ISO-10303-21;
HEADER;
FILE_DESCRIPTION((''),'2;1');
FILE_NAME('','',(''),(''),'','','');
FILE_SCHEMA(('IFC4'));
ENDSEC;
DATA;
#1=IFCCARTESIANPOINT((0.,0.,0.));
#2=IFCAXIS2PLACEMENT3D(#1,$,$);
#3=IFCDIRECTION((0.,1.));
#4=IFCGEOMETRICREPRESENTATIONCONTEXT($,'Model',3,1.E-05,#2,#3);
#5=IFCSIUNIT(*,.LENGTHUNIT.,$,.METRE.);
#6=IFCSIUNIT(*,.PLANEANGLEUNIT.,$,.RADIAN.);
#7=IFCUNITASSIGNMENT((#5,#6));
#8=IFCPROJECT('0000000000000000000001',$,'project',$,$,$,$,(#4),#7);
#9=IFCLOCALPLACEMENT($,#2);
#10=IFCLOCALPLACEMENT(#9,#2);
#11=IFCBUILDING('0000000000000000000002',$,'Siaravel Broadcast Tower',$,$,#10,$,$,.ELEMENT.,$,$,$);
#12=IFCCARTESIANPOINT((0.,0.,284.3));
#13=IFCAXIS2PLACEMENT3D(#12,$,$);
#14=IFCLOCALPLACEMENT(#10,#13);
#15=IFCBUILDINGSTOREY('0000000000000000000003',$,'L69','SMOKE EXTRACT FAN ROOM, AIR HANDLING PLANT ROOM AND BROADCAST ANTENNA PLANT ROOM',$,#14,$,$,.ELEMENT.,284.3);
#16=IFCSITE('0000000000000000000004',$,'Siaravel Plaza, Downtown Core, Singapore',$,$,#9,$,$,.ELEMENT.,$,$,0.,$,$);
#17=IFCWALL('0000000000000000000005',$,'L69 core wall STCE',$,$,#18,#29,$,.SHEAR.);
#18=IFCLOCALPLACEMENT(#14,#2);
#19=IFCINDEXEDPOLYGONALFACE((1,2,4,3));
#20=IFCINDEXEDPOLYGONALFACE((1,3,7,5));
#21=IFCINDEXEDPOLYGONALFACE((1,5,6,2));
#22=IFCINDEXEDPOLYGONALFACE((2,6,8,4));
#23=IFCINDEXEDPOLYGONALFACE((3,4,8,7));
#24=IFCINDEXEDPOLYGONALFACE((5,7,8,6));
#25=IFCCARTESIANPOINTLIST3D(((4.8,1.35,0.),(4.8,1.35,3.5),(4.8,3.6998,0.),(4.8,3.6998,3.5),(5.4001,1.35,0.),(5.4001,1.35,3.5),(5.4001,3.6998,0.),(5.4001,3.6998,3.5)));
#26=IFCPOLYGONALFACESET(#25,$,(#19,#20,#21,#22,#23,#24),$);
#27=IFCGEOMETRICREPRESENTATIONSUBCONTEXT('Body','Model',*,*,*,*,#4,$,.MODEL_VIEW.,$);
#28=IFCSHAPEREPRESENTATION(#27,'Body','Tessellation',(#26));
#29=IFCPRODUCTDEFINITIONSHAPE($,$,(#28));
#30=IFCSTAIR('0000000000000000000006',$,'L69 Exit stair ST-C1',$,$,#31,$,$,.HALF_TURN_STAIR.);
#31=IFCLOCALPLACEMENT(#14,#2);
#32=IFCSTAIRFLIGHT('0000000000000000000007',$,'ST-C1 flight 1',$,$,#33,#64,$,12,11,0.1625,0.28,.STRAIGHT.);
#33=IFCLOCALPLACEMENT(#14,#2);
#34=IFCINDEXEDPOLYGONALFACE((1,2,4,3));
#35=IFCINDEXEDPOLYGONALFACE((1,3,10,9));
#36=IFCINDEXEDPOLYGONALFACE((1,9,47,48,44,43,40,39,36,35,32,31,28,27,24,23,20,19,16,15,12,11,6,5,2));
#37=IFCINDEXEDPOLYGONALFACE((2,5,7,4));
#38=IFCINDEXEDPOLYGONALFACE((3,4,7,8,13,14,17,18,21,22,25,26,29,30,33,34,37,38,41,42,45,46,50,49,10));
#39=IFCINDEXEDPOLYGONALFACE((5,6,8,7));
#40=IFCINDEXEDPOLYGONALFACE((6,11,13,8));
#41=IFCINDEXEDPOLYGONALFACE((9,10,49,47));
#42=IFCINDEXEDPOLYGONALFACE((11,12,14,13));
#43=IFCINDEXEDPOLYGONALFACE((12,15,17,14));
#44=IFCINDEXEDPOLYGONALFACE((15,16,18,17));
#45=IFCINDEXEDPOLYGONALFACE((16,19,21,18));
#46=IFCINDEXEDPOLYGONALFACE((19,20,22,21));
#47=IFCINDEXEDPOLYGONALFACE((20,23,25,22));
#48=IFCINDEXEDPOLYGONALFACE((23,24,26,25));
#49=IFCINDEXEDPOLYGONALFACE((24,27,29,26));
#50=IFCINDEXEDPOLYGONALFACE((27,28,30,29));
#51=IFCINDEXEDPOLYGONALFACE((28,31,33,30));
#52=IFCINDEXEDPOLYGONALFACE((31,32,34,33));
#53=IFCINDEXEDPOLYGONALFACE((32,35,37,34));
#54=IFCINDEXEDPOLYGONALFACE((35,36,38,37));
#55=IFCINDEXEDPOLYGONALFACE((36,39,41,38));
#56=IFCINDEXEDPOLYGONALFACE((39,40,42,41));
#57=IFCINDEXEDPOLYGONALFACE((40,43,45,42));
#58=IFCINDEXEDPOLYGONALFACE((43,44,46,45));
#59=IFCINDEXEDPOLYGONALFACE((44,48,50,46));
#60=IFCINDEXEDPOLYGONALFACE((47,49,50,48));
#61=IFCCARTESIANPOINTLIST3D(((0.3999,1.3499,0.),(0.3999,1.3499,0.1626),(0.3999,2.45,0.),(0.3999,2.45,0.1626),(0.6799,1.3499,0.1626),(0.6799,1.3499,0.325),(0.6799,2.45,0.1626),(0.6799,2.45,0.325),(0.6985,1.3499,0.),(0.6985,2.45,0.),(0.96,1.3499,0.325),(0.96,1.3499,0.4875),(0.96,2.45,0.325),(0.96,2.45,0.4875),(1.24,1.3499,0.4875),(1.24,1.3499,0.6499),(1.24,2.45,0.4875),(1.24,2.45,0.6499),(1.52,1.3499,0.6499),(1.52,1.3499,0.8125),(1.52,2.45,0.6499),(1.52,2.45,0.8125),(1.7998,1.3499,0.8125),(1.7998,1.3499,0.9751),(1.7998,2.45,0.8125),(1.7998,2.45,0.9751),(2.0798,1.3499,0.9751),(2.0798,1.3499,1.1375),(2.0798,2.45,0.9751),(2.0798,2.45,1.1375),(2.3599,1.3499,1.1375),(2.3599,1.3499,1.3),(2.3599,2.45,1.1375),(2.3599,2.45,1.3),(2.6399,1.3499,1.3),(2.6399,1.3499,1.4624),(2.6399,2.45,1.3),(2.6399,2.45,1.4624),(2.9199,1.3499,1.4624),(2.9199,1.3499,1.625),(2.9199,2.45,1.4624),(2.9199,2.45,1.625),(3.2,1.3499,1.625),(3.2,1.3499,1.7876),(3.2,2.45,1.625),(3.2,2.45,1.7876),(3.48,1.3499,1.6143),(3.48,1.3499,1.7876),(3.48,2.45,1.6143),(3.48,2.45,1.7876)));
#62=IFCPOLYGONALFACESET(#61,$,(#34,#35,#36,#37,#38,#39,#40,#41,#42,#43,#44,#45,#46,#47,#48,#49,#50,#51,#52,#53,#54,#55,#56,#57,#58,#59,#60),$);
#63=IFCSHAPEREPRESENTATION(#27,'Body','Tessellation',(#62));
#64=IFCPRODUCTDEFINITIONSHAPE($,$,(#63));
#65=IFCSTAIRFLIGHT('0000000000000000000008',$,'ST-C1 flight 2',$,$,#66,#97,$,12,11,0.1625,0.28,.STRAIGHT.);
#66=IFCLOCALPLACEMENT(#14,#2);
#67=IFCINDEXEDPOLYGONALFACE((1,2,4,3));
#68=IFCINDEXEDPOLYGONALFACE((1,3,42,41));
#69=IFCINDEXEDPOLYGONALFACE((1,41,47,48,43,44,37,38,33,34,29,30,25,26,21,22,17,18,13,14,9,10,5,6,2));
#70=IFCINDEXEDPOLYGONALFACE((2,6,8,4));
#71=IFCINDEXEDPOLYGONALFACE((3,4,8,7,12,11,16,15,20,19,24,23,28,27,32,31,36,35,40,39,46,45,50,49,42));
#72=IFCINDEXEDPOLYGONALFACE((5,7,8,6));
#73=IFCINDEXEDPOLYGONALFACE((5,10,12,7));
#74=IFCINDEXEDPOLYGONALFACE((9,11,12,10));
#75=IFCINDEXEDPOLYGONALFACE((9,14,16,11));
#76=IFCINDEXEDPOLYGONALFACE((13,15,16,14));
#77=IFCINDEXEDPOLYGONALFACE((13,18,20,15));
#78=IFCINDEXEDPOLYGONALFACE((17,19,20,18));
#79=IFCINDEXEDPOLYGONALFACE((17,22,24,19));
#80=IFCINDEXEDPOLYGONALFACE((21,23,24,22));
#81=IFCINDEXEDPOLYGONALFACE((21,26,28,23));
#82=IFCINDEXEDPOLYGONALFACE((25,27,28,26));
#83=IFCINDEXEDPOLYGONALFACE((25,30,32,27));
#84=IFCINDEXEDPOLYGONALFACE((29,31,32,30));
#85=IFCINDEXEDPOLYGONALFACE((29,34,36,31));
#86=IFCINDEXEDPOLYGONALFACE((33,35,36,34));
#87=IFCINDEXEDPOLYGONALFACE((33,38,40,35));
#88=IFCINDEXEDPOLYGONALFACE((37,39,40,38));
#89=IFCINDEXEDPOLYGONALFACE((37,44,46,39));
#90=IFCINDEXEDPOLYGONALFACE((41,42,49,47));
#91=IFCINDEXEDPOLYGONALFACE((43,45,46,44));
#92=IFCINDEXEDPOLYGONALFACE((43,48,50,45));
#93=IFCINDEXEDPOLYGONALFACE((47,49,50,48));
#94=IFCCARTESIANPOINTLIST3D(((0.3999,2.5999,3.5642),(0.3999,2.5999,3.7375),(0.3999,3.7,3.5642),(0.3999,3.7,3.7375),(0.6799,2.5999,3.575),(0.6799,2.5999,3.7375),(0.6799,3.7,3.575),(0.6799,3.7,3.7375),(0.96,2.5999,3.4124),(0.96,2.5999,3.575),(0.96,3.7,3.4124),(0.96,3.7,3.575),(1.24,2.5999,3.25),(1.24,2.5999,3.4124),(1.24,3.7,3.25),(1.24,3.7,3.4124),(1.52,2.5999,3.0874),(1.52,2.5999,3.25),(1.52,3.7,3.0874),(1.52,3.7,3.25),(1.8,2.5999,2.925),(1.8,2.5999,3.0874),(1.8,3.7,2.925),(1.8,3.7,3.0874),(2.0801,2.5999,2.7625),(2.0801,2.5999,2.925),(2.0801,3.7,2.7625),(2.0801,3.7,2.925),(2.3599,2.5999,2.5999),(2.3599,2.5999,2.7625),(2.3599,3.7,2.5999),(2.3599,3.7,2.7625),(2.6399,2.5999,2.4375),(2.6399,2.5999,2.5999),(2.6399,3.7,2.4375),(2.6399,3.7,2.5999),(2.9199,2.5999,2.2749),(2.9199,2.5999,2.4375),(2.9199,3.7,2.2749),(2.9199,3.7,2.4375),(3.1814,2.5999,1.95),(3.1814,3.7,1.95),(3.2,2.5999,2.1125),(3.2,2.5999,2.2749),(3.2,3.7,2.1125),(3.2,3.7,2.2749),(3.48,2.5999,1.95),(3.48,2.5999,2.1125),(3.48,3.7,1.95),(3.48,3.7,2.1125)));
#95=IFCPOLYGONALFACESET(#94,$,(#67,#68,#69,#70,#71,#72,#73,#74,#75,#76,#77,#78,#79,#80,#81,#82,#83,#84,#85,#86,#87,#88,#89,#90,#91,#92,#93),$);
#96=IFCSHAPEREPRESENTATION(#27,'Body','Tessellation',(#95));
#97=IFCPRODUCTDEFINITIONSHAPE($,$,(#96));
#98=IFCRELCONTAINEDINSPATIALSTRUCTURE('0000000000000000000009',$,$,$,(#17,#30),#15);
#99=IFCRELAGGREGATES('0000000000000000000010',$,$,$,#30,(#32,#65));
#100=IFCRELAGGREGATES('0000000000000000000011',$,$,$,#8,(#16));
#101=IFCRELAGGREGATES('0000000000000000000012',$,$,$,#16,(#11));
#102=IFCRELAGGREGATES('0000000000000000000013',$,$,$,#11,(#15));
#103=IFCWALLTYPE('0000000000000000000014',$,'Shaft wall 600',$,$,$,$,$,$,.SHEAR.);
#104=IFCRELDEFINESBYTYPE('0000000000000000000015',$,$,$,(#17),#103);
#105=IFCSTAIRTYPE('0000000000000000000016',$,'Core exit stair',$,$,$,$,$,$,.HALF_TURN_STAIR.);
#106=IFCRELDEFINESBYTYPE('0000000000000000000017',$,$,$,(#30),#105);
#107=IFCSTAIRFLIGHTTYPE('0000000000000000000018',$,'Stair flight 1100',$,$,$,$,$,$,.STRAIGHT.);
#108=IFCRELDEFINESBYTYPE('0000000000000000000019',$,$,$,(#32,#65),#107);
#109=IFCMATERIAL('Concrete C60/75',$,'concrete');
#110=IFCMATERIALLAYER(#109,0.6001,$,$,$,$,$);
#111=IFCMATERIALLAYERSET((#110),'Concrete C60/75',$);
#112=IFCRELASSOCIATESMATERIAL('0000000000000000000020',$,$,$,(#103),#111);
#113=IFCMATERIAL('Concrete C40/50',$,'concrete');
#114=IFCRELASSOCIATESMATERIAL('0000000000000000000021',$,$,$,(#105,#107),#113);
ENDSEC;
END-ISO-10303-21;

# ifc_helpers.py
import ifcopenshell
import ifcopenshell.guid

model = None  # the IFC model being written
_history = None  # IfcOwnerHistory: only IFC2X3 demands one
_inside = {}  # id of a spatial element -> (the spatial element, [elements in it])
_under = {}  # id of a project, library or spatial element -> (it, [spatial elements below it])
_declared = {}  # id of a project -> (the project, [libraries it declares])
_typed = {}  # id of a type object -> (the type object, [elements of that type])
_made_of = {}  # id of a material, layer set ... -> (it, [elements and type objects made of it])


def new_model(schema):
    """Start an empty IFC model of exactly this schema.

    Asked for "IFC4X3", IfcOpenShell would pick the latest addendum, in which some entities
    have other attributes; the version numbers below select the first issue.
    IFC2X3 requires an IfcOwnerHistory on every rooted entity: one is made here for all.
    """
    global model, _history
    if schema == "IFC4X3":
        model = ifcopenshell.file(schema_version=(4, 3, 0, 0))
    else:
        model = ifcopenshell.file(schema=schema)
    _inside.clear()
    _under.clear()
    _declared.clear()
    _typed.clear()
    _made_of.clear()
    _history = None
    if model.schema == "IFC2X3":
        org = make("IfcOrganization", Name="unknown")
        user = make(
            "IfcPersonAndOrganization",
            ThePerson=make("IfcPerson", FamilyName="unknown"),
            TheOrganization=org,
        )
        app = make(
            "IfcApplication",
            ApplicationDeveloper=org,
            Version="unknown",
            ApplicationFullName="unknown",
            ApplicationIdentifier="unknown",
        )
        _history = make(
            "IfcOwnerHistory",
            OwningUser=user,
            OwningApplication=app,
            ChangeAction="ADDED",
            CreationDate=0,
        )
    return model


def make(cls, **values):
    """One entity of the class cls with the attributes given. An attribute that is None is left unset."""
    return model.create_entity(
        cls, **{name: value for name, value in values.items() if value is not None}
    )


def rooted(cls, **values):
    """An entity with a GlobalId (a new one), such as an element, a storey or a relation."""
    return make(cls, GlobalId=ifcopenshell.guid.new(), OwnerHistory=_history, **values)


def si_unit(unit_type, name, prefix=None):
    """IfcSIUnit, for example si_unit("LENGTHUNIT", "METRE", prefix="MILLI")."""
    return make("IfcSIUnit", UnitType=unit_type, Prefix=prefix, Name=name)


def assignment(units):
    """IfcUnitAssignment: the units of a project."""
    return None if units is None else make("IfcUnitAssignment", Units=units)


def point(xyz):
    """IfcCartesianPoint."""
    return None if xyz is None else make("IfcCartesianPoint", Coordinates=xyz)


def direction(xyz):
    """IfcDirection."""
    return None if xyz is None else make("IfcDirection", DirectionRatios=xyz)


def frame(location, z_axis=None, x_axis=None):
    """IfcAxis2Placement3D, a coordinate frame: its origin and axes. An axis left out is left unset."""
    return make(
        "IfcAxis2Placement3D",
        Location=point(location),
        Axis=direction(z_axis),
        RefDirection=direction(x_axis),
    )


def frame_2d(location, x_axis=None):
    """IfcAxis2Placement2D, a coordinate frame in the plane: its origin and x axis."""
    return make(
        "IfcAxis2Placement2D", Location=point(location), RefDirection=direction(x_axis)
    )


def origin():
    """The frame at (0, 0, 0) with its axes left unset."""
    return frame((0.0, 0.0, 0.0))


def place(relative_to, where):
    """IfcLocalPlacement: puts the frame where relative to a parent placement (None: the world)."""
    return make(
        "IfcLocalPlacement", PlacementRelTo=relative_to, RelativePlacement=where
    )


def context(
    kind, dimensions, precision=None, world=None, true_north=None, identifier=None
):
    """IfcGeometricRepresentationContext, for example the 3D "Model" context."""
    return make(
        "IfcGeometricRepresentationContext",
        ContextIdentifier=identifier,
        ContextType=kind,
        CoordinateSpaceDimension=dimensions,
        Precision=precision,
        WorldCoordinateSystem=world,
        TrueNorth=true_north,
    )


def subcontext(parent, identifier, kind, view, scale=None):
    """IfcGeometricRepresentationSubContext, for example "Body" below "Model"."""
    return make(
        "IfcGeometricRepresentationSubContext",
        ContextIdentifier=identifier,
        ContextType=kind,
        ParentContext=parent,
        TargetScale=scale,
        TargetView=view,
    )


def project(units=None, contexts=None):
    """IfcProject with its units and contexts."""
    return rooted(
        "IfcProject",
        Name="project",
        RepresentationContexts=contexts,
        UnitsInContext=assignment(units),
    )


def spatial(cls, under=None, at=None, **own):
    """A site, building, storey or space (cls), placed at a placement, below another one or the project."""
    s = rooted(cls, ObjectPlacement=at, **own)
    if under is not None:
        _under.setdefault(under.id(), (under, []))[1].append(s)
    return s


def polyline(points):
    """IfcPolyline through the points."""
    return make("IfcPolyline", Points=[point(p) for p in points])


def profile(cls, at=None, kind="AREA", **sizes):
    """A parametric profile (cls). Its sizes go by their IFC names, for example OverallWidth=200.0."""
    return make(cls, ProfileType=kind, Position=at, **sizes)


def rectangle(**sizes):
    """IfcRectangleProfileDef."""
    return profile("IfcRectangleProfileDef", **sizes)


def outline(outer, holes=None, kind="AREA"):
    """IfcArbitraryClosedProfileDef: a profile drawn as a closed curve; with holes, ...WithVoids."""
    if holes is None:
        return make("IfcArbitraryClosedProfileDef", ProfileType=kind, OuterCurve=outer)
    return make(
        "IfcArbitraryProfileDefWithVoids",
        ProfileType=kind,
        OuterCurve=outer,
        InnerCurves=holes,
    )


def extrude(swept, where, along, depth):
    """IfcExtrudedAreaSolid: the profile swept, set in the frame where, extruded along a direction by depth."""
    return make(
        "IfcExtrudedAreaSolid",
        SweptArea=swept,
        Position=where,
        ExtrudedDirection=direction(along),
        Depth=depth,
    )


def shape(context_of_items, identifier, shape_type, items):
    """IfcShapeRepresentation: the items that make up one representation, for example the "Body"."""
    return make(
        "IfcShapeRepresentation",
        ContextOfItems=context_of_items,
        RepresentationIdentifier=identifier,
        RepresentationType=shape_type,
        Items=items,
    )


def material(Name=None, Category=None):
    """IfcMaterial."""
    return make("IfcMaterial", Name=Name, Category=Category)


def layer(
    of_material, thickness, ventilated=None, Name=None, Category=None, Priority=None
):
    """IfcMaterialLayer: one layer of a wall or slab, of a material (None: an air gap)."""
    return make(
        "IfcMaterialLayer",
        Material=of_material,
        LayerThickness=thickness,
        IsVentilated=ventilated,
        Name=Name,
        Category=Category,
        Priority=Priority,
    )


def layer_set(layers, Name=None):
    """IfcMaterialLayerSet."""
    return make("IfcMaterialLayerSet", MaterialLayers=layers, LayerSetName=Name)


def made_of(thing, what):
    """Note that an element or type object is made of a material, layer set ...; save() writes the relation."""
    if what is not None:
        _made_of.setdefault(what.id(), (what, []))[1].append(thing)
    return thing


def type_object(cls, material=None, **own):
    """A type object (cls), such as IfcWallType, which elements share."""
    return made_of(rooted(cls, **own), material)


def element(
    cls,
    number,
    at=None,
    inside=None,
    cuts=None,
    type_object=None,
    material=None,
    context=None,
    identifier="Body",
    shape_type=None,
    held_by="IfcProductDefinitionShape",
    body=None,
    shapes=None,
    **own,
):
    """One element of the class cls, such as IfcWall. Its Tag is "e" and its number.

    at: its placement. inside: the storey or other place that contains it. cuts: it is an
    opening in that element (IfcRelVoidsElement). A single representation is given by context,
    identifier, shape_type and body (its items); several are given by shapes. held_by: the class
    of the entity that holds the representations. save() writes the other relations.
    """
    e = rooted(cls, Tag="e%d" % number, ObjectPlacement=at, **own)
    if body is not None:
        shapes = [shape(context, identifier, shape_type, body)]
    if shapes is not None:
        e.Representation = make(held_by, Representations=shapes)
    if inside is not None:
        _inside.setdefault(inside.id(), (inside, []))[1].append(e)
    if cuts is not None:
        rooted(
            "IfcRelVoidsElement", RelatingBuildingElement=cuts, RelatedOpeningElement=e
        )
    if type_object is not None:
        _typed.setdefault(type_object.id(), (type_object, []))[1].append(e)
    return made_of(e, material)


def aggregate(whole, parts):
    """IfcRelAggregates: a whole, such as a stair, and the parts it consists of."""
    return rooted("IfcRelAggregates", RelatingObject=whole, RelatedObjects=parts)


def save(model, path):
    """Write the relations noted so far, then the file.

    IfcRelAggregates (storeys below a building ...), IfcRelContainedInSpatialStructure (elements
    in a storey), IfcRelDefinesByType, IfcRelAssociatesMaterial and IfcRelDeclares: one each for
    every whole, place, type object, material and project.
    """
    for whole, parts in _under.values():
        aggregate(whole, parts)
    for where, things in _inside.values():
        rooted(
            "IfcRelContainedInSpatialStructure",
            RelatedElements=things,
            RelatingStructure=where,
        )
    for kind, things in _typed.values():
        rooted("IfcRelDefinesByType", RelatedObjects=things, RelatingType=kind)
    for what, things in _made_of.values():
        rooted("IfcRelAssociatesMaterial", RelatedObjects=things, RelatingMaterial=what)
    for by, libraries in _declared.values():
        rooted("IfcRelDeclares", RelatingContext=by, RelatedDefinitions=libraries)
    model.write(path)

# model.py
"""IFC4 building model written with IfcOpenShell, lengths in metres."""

from ifc_helpers import new_model, si_unit, direction, frame, frame_2d, origin, place, context, subcontext, project, spatial, polyline, rectangle, outline, extrude, material, layer, layer_set, type_object, element, aggregate, save


model = new_model("IFC4")

# Units and contexts
model_context = context("Model", 3, precision=1e-05, world=origin(), true_north=direction((0.0, 1.0)))
body_context = subcontext(model_context, "Body", "Model", "MODEL_VIEW")
ifc_project = project(units=[si_unit("LENGTHUNIT", "METRE"), si_unit("PLANEANGLEUNIT", "RADIAN")], contexts=[model_context])

# Site, building, storey
site_placement = place(None, origin())
site = spatial("IfcSite", under=ifc_project, at=site_placement, Name="Siaravel Plaza, Downtown Core, Singapore", CompositionType="ELEMENT", RefElevation=0.0)
building_placement = place(site_placement, origin())
building = spatial("IfcBuilding", under=site, at=building_placement, Name="Siaravel Broadcast Tower", CompositionType="ELEMENT")
storey_placement = place(building_placement, frame((0.0, 0.0, 284.3)))
storey = spatial("IfcBuildingStorey", under=building, at=storey_placement, Name="L69", Description="SMOKE EXTRACT FAN ROOM, AIR HANDLING PLANT ROOM AND BROADCAST ANTENNA PLANT ROOM", CompositionType="ELEMENT", Elevation=284.3)

# Wall
ifc_material_1 = material(Name="Concrete C60/75", Category="concrete")
ifc_layer_1 = layer(ifc_material_1, 0.6001)
ifc_layer_set_1 = layer_set([ifc_layer_1], Name="Concrete C60/75")
wall_type_1 = type_object("IfcWallType", Name="Shaft wall 600", PredefinedType="SHEAR", material=ifc_layer_set_1)
wall_1_placement = place(storey_placement, frame((5.1001, 1.3501, 0.0), z_axis=(0.0, 0.0, 1.0), x_axis=(0.0, 1.0, 0.0)))
element("IfcWall", 1, at=wall_1_placement, inside=storey, type_object=wall_type_1, Name="L69 core wall STCE", PredefinedType="SHEAR", context=body_context, shape_type="SweptSolid", body=[
    extrude(rectangle(XDim=2.3499, YDim=0.6001, at=frame_2d((1.1748, 0.0))), origin(), (0.0, 0.0, 1.0), 3.5),
])

# Stair, stair flights
ifc_material_2 = material(Name="Concrete C40/50", Category="concrete")
stair_type = type_object("IfcStairType", Name="Core exit stair", PredefinedType="HALF_TURN_STAIR", material=ifc_material_2)
stair_placement = place(storey_placement, origin())
stair = element("IfcStair", 2, at=stair_placement, inside=storey, type_object=stair_type, Name="L69 Exit stair ST-C1", PredefinedType="HALF_TURN_STAIR")
stair_flight_type = type_object("IfcStairFlightType", Name="Stair flight 1100", PredefinedType="STRAIGHT", material=ifc_material_2)
stair_flight_1_placement = place(storey_placement, frame((0.3999, 1.8999, 0.0), z_axis=(0.0, 0.0, 1.0), x_axis=(1.0, 0.0, 0.0)))
stair_flight_1 = element("IfcStairFlight", 3, at=stair_flight_1_placement, type_object=stair_flight_type, Name="ST-C1 flight 1", NumberOfRisers=12, NumberOfTreads=11, PredefinedType="STRAIGHT", RiserHeight=0.1625, TreadLength=0.28, context=body_context, shape_type="SweptSolid", body=[
    extrude(outline(polyline([(0.0, 0.0), (0.0, 0.1626), (0.28, 0.1626), (0.28, 0.325), (0.5601, 0.325), (0.5601, 0.4875), (0.8401, 0.4875), (0.8401, 0.6499), (1.1201, 0.6499), (1.1201, 0.8125), (1.3999, 0.8125), (1.3999, 0.9751), (1.6799, 0.9751), (1.6799, 1.1375), (1.96, 1.1375), (1.96, 1.3), (2.24, 1.3), (2.24, 1.4624), (2.52, 1.4624), (2.52, 1.625), (2.8, 1.625), (2.8, 1.7876), (3.0801, 1.7876), (3.0801, 1.95), (3.0801, 1.6143), (0.2986, 0.0), (0.0, 0.0)])), frame((0.0, 0.55, 0.0), z_axis=(0.0, -1.0, 0.0), x_axis=(1.0, 0.0, 0.0)), (0.0, 0.0, 1.0), 1.1001),
])
stair_flight_2_placement = place(storey_placement, frame((3.48, 3.1499, 1.95), z_axis=(0.0, 0.0, 1.0), x_axis=(-1.0, 0.0, 0.0)))
stair_flight_2 = element("IfcStairFlight", 4, at=stair_flight_2_placement, type_object=stair_flight_type, Name="ST-C1 flight 2", NumberOfRisers=12, NumberOfTreads=11, PredefinedType="STRAIGHT", RiserHeight=0.1625, TreadLength=0.28, context=body_context, shape_type="SweptSolid", body=[
    extrude(outline(polyline([(0.0, 0.0), (0.0, 0.1626), (0.28, 0.1626), (0.28, 0.325), (0.5601, 0.325), (0.5601, 0.4875), (0.8401, 0.4875), (0.8401, 0.6499), (1.1201, 0.6499), (1.1201, 0.8125), (1.3999, 0.8125), (1.3999, 0.9751), (1.6799, 0.9751), (1.6799, 1.1375), (1.96, 1.1375), (1.96, 1.3), (2.24, 1.3), (2.24, 1.4624), (2.52, 1.4624), (2.52, 1.625), (2.8, 1.625), (2.8, 1.7876), (3.0801, 1.7876), (3.0801, 1.95), (3.0801, 1.6143), (0.2986, 0.0), (0.0, 0.0)])), frame((0.0, 0.55, 0.0), z_axis=(0.0, -1.0, 0.0), x_axis=(1.0, 0.0, 0.0)), (0.0, 0.0, 1.0), 1.1001),
])
aggregate(stair, [stair_flight_1, stair_flight_2])

save(model, "model.ifc")
